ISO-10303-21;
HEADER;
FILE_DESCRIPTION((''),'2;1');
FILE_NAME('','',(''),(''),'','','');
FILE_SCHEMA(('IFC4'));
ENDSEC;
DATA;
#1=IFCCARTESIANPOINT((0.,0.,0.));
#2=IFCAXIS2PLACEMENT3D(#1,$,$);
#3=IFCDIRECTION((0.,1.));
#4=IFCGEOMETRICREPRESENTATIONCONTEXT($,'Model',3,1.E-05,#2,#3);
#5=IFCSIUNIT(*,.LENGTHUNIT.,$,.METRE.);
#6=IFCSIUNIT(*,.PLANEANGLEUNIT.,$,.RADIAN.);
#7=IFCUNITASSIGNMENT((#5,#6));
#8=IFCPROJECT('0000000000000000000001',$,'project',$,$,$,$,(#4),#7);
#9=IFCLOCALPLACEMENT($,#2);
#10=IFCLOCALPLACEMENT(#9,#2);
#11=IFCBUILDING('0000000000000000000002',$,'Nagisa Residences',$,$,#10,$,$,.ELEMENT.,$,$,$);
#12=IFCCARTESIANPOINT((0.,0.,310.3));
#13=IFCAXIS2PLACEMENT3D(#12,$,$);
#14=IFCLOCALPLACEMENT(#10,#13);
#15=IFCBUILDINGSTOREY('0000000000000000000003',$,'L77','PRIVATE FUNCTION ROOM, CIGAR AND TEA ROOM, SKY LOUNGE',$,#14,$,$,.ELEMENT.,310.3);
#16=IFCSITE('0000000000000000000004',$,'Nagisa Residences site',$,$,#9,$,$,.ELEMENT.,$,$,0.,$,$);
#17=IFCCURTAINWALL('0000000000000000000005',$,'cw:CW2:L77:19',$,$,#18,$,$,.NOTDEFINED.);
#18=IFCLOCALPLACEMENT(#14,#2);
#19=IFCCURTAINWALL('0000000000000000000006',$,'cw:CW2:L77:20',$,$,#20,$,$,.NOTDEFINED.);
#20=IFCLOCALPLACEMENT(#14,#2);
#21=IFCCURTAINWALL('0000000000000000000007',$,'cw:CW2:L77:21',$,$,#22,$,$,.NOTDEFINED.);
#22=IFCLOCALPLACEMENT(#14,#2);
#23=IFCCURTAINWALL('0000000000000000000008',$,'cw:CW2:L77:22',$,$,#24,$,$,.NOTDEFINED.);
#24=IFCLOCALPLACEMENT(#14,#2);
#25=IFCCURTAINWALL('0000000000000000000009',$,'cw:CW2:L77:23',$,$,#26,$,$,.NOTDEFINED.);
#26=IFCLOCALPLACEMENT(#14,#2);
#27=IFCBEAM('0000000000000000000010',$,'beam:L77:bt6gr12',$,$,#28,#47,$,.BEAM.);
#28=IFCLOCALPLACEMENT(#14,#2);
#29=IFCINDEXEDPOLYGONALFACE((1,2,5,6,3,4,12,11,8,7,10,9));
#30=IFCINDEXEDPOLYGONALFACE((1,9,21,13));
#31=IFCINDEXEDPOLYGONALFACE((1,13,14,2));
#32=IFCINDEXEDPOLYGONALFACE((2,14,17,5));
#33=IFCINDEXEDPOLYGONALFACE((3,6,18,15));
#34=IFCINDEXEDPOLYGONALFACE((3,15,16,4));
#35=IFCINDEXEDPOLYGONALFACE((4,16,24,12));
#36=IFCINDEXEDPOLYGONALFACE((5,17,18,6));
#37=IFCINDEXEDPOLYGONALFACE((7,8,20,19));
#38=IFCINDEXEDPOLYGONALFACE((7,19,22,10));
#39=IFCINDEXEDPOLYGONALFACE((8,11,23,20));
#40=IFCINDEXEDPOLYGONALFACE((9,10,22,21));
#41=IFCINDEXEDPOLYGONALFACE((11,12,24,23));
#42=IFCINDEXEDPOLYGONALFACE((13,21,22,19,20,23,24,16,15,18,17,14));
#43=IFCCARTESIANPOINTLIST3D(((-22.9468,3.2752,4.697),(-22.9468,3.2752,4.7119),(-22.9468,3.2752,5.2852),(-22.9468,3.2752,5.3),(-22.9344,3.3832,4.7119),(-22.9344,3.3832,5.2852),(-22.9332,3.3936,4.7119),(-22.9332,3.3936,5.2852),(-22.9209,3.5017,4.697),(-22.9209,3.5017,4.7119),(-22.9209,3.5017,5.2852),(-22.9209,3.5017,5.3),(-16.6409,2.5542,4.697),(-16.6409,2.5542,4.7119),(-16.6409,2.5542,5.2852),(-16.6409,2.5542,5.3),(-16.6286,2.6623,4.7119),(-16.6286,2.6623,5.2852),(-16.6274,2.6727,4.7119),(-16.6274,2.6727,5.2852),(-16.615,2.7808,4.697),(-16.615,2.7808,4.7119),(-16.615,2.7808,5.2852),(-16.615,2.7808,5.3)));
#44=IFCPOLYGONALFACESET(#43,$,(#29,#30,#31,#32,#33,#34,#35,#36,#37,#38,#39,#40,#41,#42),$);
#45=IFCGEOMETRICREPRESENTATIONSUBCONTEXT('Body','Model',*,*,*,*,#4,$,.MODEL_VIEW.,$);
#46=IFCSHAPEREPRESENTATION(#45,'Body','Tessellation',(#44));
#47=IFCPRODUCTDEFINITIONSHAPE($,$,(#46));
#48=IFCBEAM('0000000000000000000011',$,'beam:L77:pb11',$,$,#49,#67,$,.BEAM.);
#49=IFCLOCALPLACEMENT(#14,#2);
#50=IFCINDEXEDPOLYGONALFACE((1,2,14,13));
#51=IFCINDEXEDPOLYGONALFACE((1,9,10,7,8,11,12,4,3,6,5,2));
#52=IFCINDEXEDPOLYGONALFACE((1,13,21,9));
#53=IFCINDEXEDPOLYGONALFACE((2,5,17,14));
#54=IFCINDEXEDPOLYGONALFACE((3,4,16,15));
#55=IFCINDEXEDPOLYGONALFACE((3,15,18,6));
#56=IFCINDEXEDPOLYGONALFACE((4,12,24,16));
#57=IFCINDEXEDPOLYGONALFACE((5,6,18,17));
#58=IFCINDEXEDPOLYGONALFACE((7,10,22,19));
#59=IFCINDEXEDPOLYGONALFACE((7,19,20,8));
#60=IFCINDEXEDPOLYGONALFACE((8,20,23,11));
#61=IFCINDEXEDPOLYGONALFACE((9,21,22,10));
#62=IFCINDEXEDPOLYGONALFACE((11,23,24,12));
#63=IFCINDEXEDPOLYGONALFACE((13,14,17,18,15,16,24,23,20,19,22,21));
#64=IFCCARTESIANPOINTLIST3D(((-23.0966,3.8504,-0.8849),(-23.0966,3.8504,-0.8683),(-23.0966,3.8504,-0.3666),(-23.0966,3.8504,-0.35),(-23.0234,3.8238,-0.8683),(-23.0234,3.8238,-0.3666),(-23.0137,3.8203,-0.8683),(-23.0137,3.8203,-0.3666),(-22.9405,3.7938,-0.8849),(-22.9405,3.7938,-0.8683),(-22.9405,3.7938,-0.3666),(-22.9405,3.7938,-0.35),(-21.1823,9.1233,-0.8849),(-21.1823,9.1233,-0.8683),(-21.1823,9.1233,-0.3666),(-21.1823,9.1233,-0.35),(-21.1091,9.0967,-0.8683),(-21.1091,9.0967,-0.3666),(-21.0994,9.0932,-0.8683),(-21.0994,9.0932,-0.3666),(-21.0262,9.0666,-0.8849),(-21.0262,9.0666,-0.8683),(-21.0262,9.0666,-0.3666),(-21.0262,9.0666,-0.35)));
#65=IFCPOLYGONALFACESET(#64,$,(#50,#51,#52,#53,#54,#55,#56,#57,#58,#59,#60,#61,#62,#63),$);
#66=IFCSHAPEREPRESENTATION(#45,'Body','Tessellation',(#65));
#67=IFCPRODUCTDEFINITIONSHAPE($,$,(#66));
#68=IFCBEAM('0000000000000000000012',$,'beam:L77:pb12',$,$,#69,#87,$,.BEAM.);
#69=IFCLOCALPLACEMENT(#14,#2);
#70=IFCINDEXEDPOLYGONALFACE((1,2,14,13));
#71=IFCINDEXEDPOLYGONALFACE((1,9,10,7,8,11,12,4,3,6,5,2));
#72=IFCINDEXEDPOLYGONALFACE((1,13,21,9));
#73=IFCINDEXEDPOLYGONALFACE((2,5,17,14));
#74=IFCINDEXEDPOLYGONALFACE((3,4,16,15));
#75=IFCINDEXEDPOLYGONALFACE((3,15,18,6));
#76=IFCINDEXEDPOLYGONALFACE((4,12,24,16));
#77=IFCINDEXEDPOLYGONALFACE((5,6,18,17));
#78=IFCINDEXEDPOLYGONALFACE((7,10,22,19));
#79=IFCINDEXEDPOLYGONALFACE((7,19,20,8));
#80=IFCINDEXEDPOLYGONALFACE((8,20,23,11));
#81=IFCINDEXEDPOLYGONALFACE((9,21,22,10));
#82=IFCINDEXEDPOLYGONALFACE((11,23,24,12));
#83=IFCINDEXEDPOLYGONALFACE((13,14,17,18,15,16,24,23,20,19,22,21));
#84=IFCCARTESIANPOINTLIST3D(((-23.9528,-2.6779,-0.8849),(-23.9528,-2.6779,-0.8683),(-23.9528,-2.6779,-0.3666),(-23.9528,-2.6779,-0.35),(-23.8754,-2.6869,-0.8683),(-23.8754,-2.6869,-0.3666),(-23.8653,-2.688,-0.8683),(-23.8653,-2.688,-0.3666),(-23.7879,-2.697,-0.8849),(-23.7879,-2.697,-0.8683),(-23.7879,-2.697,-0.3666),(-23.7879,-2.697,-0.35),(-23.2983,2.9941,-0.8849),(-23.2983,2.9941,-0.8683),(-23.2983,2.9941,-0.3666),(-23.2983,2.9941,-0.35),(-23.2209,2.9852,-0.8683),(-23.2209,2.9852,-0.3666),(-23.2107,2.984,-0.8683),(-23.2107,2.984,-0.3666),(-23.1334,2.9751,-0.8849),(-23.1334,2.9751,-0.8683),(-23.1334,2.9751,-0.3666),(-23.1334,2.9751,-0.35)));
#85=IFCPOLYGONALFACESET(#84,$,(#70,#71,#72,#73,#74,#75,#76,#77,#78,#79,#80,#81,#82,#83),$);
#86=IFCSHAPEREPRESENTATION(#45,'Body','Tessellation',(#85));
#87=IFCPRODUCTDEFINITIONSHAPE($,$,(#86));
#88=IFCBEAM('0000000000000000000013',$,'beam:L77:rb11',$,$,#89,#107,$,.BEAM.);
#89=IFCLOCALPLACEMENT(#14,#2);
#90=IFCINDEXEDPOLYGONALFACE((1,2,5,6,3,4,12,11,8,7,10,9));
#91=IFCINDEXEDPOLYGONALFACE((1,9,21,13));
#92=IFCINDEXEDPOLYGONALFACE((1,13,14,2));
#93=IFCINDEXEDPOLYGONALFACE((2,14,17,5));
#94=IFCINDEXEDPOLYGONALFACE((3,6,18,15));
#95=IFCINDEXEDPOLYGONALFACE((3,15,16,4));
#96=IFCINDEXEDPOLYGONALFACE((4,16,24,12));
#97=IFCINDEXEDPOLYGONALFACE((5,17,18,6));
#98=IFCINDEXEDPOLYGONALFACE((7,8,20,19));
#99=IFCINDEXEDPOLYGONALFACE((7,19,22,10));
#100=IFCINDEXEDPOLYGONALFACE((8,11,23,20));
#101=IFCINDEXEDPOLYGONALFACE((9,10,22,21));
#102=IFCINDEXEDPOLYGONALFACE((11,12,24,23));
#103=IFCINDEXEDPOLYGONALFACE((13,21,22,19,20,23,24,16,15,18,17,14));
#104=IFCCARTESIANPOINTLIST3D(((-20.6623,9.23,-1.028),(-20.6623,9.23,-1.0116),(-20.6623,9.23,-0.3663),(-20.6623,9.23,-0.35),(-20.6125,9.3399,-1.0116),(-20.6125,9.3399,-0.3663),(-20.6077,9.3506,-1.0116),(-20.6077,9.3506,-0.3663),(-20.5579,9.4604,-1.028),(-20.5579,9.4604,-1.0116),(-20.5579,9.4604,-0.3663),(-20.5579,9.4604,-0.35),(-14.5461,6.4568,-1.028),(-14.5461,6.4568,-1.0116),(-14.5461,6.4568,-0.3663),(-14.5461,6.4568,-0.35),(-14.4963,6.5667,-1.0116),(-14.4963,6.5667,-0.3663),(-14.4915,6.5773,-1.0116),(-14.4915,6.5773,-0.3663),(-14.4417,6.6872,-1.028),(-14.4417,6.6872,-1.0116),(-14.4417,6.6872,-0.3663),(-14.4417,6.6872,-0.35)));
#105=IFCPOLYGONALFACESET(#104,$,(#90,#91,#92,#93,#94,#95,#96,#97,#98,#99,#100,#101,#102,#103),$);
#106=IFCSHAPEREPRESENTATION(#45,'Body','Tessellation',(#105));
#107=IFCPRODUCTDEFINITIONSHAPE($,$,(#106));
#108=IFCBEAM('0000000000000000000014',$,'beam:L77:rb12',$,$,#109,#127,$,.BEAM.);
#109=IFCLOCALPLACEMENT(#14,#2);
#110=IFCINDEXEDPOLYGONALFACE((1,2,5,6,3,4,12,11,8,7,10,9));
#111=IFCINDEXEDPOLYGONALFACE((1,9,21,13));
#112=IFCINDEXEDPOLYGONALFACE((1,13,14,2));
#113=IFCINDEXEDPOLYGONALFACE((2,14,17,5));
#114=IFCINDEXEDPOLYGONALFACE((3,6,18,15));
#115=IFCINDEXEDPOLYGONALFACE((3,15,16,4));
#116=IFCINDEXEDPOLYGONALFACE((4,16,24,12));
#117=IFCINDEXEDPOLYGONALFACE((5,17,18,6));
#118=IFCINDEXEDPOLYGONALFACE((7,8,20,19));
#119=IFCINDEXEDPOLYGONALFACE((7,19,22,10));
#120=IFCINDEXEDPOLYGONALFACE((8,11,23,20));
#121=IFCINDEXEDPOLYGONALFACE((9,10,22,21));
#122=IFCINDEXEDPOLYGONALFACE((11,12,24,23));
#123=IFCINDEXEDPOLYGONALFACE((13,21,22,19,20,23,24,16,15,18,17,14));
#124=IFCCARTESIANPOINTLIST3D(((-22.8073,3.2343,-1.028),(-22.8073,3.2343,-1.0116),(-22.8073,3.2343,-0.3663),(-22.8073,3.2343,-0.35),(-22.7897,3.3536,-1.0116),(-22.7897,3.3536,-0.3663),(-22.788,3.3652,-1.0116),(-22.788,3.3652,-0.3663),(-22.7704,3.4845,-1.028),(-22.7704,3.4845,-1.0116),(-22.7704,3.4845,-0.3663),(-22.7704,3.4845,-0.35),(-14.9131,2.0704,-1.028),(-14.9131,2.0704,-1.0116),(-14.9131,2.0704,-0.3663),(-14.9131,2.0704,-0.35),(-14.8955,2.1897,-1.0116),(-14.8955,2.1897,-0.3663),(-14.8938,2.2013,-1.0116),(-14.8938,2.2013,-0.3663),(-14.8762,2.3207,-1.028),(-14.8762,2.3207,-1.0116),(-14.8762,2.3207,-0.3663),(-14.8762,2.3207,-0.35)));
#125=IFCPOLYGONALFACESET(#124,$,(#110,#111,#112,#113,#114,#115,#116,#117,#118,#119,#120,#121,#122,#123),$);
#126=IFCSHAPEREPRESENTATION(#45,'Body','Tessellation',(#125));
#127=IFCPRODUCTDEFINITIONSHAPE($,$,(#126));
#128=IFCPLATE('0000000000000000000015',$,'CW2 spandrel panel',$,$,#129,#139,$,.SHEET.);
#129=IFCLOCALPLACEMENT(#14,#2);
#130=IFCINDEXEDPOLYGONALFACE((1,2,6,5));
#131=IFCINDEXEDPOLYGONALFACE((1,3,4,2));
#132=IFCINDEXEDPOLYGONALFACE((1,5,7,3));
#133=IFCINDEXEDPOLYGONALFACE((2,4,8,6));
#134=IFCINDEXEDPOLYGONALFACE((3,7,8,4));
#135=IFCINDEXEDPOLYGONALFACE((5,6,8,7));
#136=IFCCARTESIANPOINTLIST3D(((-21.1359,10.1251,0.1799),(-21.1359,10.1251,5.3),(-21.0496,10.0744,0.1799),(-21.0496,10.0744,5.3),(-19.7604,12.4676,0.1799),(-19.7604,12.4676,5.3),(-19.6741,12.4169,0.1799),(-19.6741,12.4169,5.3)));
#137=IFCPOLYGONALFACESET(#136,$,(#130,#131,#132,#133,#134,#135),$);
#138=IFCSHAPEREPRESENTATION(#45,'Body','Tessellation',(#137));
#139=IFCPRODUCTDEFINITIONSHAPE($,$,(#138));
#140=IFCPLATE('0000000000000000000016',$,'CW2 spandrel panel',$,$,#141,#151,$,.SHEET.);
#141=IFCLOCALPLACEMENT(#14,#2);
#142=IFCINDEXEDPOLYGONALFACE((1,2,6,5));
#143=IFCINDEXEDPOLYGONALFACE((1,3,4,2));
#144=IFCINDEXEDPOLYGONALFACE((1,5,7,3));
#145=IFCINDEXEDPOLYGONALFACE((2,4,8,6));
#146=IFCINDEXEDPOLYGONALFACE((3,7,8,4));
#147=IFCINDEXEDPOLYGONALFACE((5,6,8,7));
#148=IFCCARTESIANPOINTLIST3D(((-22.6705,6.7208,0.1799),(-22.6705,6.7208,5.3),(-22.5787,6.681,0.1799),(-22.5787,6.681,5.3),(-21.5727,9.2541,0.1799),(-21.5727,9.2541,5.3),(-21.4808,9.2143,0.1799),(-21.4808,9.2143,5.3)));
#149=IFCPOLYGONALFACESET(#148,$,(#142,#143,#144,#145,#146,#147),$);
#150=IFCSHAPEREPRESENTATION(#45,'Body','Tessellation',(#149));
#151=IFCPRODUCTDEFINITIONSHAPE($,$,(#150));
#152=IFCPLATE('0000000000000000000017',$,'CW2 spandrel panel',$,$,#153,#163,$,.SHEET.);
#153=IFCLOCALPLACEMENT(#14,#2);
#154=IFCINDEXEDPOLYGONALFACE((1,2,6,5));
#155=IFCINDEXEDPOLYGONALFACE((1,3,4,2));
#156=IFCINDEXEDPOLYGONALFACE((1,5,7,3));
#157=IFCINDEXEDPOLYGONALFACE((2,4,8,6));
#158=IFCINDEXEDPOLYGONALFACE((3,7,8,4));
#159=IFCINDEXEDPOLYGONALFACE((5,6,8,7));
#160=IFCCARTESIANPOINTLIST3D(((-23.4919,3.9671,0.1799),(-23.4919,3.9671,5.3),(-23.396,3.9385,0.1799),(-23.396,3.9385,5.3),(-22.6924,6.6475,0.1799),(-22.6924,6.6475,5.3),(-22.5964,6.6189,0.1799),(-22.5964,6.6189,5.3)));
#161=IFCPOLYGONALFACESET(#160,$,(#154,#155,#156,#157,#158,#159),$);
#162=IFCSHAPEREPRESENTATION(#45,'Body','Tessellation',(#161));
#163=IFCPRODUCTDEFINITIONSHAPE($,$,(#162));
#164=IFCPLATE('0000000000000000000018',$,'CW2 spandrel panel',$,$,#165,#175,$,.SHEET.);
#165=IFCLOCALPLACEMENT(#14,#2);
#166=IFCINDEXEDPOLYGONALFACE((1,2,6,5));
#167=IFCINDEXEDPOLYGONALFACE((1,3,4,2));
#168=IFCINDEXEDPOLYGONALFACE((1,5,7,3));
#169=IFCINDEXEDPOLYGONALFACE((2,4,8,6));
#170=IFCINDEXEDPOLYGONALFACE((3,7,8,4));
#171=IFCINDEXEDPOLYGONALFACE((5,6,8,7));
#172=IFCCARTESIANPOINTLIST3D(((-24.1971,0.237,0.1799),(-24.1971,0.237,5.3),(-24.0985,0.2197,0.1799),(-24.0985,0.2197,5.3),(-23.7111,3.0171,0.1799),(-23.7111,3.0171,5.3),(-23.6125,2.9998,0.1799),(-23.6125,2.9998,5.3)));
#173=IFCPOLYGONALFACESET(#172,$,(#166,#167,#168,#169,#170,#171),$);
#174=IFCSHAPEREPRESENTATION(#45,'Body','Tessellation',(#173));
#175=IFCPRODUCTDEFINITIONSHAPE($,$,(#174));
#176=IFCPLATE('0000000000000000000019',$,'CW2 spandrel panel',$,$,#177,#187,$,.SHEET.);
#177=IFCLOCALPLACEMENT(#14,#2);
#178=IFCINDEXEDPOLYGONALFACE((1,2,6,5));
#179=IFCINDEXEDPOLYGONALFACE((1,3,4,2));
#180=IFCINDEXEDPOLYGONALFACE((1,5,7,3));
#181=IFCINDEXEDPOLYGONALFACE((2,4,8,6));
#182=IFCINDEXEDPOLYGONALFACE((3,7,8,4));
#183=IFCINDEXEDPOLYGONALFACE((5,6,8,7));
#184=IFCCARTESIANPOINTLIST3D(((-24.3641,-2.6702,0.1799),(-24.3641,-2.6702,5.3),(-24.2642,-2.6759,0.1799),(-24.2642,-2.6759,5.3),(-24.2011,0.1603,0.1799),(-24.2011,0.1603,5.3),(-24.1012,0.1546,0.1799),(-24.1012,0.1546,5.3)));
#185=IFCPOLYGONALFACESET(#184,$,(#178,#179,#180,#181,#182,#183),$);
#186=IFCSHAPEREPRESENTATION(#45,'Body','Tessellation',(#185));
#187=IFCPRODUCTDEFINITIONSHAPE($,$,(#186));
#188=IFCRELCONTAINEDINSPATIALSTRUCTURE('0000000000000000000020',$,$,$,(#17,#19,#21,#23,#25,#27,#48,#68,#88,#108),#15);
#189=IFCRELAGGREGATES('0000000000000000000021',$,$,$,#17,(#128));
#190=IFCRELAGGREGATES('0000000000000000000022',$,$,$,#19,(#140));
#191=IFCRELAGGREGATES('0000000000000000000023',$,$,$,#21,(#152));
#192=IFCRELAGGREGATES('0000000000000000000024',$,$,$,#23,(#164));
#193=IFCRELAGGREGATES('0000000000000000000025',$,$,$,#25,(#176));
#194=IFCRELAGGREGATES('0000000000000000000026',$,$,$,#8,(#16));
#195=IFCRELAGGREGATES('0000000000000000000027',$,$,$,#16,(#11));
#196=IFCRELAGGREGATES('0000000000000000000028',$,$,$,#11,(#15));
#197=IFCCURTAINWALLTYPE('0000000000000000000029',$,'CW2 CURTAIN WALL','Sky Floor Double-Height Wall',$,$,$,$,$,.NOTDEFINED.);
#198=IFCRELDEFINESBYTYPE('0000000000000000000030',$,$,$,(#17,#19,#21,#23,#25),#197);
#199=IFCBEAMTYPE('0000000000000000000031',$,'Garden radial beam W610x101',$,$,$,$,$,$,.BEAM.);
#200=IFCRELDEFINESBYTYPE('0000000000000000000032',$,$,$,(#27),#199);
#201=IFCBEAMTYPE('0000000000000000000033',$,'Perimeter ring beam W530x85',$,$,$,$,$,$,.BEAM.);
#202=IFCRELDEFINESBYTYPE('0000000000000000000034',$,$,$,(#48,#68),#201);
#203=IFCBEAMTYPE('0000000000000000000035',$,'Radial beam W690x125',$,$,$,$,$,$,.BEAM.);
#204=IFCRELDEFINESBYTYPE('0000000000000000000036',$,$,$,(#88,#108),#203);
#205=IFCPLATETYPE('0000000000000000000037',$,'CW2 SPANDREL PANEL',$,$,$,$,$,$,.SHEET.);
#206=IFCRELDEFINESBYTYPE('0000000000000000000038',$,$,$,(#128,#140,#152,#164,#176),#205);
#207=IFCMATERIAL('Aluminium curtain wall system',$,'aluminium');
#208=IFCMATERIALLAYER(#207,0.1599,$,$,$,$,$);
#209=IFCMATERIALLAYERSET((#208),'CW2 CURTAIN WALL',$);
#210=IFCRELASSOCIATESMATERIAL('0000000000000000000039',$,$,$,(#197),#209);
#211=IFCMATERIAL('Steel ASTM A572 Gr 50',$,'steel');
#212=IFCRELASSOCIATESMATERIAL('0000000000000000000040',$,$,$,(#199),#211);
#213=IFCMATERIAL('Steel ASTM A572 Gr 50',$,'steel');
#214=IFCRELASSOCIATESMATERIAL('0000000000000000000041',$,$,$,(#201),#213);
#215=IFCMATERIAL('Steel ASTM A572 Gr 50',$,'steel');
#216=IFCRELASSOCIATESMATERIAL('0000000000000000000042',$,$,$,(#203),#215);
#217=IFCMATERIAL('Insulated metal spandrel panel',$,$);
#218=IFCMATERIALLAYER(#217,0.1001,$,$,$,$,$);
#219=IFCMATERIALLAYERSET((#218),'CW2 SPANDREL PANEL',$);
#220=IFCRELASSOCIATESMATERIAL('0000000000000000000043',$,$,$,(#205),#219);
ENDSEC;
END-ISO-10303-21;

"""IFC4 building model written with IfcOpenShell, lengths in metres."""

from ifc_helpers import new_model, si_unit, direction, frame, origin, origin_2d, place, context, subcontext, project, spatial, rectangle, i_section, extrude, material, layer, layer_set, material_profile, profile_set, type_object, element, aggregate, save


model = new_model("IFC4")

# Units and contexts
model_context = context("Model", 3, precision=1e-05, world=origin(), true_north=direction((0.0, 1.0)))
body_context = subcontext(model_context, "Body", "Model", "MODEL_VIEW")
ifc_project = project(units=[si_unit("LENGTHUNIT", "METRE"), si_unit("PLANEANGLEUNIT", "RADIAN")], contexts=[model_context])

# Site, building, storey
site_placement = place(None, origin())
site = spatial("IfcSite", under=ifc_project, at=site_placement, Name="Nagisa Residences site", CompositionType="ELEMENT", RefElevation=0.0)
building_placement = place(site_placement, origin())
building = spatial("IfcBuilding", under=site, at=building_placement, Name="Nagisa Residences", CompositionType="ELEMENT")
storey_placement = place(building_placement, frame((0.0, 0.0, 310.3)))
storey = spatial("IfcBuildingStorey", under=building, at=storey_placement, Name="L77", Description="PRIVATE FUNCTION ROOM, CIGAR AND TEA ROOM, SKY LOUNGE", CompositionType="ELEMENT", Elevation=310.3)

# Curtain walls
ifc_material_1 = material(Name="Aluminium curtain wall system", Category="aluminium")
ifc_layer_1 = layer(ifc_material_1, 0.1599)
ifc_layer_set_1 = layer_set([ifc_layer_1], Name="CW2 CURTAIN WALL")
curtain_wall_type = type_object("IfcCurtainWallType", Name="CW2 CURTAIN WALL", Description="Sky Floor Double-Height Wall", PredefinedType="NOTDEFINED", material=ifc_layer_set_1)
curtain_wall_1_placement = place(storey_placement, origin())
curtain_wall_1 = element("IfcCurtainWall", 1, at=curtain_wall_1_placement, inside=storey, type_object=curtain_wall_type, Name="cw:CW2:L77:19", PredefinedType="NOTDEFINED")
curtain_wall_2_placement = place(storey_placement, origin())
curtain_wall_2 = element("IfcCurtainWall", 2, at=curtain_wall_2_placement, inside=storey, type_object=curtain_wall_type, Name="cw:CW2:L77:20", PredefinedType="NOTDEFINED")
curtain_wall_3_placement = place(storey_placement, origin())
curtain_wall_3 = element("IfcCurtainWall", 3, at=curtain_wall_3_placement, inside=storey, type_object=curtain_wall_type, Name="cw:CW2:L77:21", PredefinedType="NOTDEFINED")
curtain_wall_4_placement = place(storey_placement, origin())
curtain_wall_4 = element("IfcCurtainWall", 4, at=curtain_wall_4_placement, inside=storey, type_object=curtain_wall_type, Name="cw:CW2:L77:22", PredefinedType="NOTDEFINED")
curtain_wall_5_placement = place(storey_placement, origin())
curtain_wall_5 = element("IfcCurtainWall", 5, at=curtain_wall_5_placement, inside=storey, type_object=curtain_wall_type, Name="cw:CW2:L77:23", PredefinedType="NOTDEFINED")

# Beams
ifc_material_2 = material(Name="Steel ASTM A572 Gr 50", Category="steel")
ifc_material_profile_1 = material_profile(ifc_material_2, i_section(OverallWidth=0.228, OverallDepth=0.603, WebThickness=0.0105, FlangeThickness=0.0149, at=origin_2d()), Name="W610x101")
ifc_profile_set_1 = profile_set([ifc_material_profile_1], Name="Steel ASTM A572 Gr 50")
beam_type_1 = type_object("IfcBeamType", Name="Garden radial beam W610x101", PredefinedType="BEAM", material=ifc_profile_set_1)
beam_1_placement = place(storey_placement, frame((-22.9338, 3.3884, 4.9985), z_axis=(0.993528, -0.113589, 0.0), x_axis=(0.113589, 0.993528, 0.0)))
element("IfcBeam", 6, at=beam_1_placement, inside=storey, type_object=beam_type_1, Name="beam:L77:bt6gr12", PredefinedType="BEAM", context=body_context, shape_type="SweptSolid", body=[
    extrude(i_section(OverallWidth=0.228, OverallDepth=0.603, WebThickness=0.0105, FlangeThickness=0.0149, at=origin_2d()), origin(), (0.0, 0.0, 1.0), 6.3469),
])
ifc_material_3 = material(Name="Steel ASTM A572 Gr 50", Category="steel")
ifc_material_profile_2 = material_profile(ifc_material_3, i_section(OverallWidth=0.166, OverallDepth=0.5349, WebThickness=0.0103, FlangeThickness=0.0166, at=origin_2d()), Name="W530x85")
ifc_profile_set_2 = profile_set([ifc_material_profile_2], Name="Steel ASTM A572 Gr 50")
beam_type_2 = type_object("IfcBeamType", Name="Perimeter ring beam W530x85", PredefinedType="BEAM", material=ifc_profile_set_2)
beam_2_placement = place(storey_placement, frame((-21.1042, 9.095, -0.6174), z_axis=(-0.34125, -0.939972, 0.0), x_axis=(0.939972, -0.34125, 0.0)))
element("IfcBeam", 7, at=beam_2_placement, inside=storey, type_object=beam_type_2, Name="beam:L77:pb11", PredefinedType="BEAM", context=body_context, shape_type="SweptSolid", body=[
    extrude(i_section(OverallWidth=0.166, OverallDepth=0.5349, WebThickness=0.0103, FlangeThickness=0.0166, at=origin_2d()), origin(), (0.0, 0.0, 1.0), 5.6096),
])
beam_3_placement = place(storey_placement, frame((-23.2158, 2.9846, -0.6174), z_axis=(-0.114635, -0.993408, 0.0), x_axis=(0.993408, -0.114635, 0.0)))
element("IfcBeam", 8, at=beam_3_placement, inside=storey, type_object=beam_type_2, Name="beam:L77:pb12", PredefinedType="BEAM", context=body_context, shape_type="SweptSolid", body=[
    extrude(i_section(OverallWidth=0.166, OverallDepth=0.5349, WebThickness=0.0103, FlangeThickness=0.0166, at=origin_2d()), origin(), (0.0, 0.0, 1.0), 5.7097),
])
ifc_material_4 = material(Name="Steel ASTM A572 Gr 50", Category="steel")
ifc_material_profile_3 = material_profile(ifc_material_4, i_section(OverallWidth=0.2529, OverallDepth=0.678, WebThickness=0.0117, FlangeThickness=0.0164, at=origin_2d()), Name="W690x125")
ifc_profile_set_3 = profile_set([ifc_material_profile_3], Name="Steel ASTM A572 Gr 50")
beam_type_3 = type_object("IfcBeamType", Name="Radial beam W690x125", PredefinedType="BEAM", material=ifc_profile_set_3)
beam_4_placement = place(storey_placement, frame((-20.6101, 9.3452, -0.689), z_axis=(0.910753, -0.412951, 0.0), x_axis=(0.412951, 0.910753, 0.0)))
element("IfcBeam", 9, at=beam_4_placement, inside=storey, type_object=beam_type_3, Name="beam:L77:rb11", PredefinedType="BEAM", context=body_context, shape_type="SweptSolid", body=[
    extrude(i_section(OverallWidth=0.2529, OverallDepth=0.678, WebThickness=0.0117, FlangeThickness=0.0164, at=origin_2d()), origin(), (0.0, 0.0, 1.0), 6.7156),
])
beam_5_placement = place(storey_placement, frame((-22.7888, 3.3594, -0.689), z_axis=(0.989306, -0.145853, 0.0), x_axis=(0.145853, 0.989306, 0.0)))
element("IfcBeam", 10, at=beam_5_placement, inside=storey, type_object=beam_type_3, Name="beam:L77:rb12", PredefinedType="BEAM", context=body_context, shape_type="SweptSolid", body=[
    extrude(i_section(OverallWidth=0.2529, OverallDepth=0.678, WebThickness=0.0117, FlangeThickness=0.0164, at=origin_2d()), origin(), (0.0, 0.0, 1.0), 7.9795),
])

# Plates
ifc_material_5 = material(Name="Insulated metal spandrel panel")
ifc_layer_2 = layer(ifc_material_5, 0.1001)
ifc_layer_set_2 = layer_set([ifc_layer_2], Name="CW2 SPANDREL PANEL")
plate_type = type_object("IfcPlateType", Name="CW2 SPANDREL PANEL", PredefinedType="SHEET", material=ifc_layer_set_2)
plate_1_placement = place(storey_placement, frame((-20.405, 11.271, 0.1799), z_axis=(0.0, 0.0, 1.0), x_axis=(-0.506349, -0.862329, 0.0)))
plate_1 = element("IfcPlate", 11, at=plate_1_placement, type_object=plate_type, Name="CW2 spandrel panel", PredefinedType="SHEET", context=body_context, shape_type="SweptSolid", body=[
    extrude(rectangle(XDim=2.7166, YDim=0.1001, at=origin_2d()), origin(), (0.0, 0.0, 1.0), 5.1201),
])
aggregate(curtain_wall_1, [plate_1])
plate_2_placement = place(storey_placement, frame((-22.0757, 7.9675, 0.1799), z_axis=(0.0, 0.0, 1.0), x_axis=(-0.397636, -0.917543, 0.0)))
plate_2 = element("IfcPlate", 12, at=plate_2_placement, type_object=plate_type, Name="CW2 spandrel panel", PredefinedType="SHEET", context=body_context, shape_type="SweptSolid", body=[
    extrude(rectangle(XDim=2.761, YDim=0.1001, at=origin_2d()), origin(), (0.0, 0.0, 1.0), 5.1201),
])
aggregate(curtain_wall_2, [plate_2])
plate_3_placement = place(storey_placement, frame((-23.0442, 5.293, 0.1799), z_axis=(0.0, 0.0, 1.0), x_axis=(-0.28586, -0.958271, 0.0)))
plate_3 = element("IfcPlate", 13, at=plate_3_placement, type_object=plate_type, Name="CW2 spandrel panel", PredefinedType="SHEET", context=body_context, shape_type="SweptSolid", body=[
    extrude(rectangle(XDim=2.7971, YDim=0.1001, at=origin_2d()), origin(), (0.0, 0.0, 1.0), 5.1201),
])
aggregate(curtain_wall_3, [plate_3])
plate_4_placement = place(storey_placement, frame((-23.9048, 1.6184, 0.1799), z_axis=(0.0, 0.0, 1.0), x_axis=(-0.172191, -0.985064, 0.0)))
plate_4 = element("IfcPlate", 14, at=plate_4_placement, type_object=plate_type, Name="CW2 spandrel panel", PredefinedType="SHEET", context=body_context, shape_type="SweptSolid", body=[
    extrude(rectangle(XDim=2.8223, YDim=0.1001, at=origin_2d()), origin(), (0.0, 0.0, 1.0), 5.1201),
])
aggregate(curtain_wall_4, [plate_4])
plate_5_placement = place(storey_placement, frame((-24.2327, -1.2578, 0.1799), z_axis=(0.0, 0.0, 1.0), x_axis=(-0.057503, -0.998345, 0.0)))
plate_5 = element("IfcPlate", 15, at=plate_5_placement, type_object=plate_type, Name="CW2 spandrel panel", PredefinedType="SHEET", context=body_context, shape_type="SweptSolid", body=[
    extrude(rectangle(XDim=2.8352, YDim=0.1001, at=origin_2d()), origin(), (0.0, 0.0, 1.0), 5.1201),
])
aggregate(curtain_wall_5, [plate_5])

save(model, "model.ifc")
